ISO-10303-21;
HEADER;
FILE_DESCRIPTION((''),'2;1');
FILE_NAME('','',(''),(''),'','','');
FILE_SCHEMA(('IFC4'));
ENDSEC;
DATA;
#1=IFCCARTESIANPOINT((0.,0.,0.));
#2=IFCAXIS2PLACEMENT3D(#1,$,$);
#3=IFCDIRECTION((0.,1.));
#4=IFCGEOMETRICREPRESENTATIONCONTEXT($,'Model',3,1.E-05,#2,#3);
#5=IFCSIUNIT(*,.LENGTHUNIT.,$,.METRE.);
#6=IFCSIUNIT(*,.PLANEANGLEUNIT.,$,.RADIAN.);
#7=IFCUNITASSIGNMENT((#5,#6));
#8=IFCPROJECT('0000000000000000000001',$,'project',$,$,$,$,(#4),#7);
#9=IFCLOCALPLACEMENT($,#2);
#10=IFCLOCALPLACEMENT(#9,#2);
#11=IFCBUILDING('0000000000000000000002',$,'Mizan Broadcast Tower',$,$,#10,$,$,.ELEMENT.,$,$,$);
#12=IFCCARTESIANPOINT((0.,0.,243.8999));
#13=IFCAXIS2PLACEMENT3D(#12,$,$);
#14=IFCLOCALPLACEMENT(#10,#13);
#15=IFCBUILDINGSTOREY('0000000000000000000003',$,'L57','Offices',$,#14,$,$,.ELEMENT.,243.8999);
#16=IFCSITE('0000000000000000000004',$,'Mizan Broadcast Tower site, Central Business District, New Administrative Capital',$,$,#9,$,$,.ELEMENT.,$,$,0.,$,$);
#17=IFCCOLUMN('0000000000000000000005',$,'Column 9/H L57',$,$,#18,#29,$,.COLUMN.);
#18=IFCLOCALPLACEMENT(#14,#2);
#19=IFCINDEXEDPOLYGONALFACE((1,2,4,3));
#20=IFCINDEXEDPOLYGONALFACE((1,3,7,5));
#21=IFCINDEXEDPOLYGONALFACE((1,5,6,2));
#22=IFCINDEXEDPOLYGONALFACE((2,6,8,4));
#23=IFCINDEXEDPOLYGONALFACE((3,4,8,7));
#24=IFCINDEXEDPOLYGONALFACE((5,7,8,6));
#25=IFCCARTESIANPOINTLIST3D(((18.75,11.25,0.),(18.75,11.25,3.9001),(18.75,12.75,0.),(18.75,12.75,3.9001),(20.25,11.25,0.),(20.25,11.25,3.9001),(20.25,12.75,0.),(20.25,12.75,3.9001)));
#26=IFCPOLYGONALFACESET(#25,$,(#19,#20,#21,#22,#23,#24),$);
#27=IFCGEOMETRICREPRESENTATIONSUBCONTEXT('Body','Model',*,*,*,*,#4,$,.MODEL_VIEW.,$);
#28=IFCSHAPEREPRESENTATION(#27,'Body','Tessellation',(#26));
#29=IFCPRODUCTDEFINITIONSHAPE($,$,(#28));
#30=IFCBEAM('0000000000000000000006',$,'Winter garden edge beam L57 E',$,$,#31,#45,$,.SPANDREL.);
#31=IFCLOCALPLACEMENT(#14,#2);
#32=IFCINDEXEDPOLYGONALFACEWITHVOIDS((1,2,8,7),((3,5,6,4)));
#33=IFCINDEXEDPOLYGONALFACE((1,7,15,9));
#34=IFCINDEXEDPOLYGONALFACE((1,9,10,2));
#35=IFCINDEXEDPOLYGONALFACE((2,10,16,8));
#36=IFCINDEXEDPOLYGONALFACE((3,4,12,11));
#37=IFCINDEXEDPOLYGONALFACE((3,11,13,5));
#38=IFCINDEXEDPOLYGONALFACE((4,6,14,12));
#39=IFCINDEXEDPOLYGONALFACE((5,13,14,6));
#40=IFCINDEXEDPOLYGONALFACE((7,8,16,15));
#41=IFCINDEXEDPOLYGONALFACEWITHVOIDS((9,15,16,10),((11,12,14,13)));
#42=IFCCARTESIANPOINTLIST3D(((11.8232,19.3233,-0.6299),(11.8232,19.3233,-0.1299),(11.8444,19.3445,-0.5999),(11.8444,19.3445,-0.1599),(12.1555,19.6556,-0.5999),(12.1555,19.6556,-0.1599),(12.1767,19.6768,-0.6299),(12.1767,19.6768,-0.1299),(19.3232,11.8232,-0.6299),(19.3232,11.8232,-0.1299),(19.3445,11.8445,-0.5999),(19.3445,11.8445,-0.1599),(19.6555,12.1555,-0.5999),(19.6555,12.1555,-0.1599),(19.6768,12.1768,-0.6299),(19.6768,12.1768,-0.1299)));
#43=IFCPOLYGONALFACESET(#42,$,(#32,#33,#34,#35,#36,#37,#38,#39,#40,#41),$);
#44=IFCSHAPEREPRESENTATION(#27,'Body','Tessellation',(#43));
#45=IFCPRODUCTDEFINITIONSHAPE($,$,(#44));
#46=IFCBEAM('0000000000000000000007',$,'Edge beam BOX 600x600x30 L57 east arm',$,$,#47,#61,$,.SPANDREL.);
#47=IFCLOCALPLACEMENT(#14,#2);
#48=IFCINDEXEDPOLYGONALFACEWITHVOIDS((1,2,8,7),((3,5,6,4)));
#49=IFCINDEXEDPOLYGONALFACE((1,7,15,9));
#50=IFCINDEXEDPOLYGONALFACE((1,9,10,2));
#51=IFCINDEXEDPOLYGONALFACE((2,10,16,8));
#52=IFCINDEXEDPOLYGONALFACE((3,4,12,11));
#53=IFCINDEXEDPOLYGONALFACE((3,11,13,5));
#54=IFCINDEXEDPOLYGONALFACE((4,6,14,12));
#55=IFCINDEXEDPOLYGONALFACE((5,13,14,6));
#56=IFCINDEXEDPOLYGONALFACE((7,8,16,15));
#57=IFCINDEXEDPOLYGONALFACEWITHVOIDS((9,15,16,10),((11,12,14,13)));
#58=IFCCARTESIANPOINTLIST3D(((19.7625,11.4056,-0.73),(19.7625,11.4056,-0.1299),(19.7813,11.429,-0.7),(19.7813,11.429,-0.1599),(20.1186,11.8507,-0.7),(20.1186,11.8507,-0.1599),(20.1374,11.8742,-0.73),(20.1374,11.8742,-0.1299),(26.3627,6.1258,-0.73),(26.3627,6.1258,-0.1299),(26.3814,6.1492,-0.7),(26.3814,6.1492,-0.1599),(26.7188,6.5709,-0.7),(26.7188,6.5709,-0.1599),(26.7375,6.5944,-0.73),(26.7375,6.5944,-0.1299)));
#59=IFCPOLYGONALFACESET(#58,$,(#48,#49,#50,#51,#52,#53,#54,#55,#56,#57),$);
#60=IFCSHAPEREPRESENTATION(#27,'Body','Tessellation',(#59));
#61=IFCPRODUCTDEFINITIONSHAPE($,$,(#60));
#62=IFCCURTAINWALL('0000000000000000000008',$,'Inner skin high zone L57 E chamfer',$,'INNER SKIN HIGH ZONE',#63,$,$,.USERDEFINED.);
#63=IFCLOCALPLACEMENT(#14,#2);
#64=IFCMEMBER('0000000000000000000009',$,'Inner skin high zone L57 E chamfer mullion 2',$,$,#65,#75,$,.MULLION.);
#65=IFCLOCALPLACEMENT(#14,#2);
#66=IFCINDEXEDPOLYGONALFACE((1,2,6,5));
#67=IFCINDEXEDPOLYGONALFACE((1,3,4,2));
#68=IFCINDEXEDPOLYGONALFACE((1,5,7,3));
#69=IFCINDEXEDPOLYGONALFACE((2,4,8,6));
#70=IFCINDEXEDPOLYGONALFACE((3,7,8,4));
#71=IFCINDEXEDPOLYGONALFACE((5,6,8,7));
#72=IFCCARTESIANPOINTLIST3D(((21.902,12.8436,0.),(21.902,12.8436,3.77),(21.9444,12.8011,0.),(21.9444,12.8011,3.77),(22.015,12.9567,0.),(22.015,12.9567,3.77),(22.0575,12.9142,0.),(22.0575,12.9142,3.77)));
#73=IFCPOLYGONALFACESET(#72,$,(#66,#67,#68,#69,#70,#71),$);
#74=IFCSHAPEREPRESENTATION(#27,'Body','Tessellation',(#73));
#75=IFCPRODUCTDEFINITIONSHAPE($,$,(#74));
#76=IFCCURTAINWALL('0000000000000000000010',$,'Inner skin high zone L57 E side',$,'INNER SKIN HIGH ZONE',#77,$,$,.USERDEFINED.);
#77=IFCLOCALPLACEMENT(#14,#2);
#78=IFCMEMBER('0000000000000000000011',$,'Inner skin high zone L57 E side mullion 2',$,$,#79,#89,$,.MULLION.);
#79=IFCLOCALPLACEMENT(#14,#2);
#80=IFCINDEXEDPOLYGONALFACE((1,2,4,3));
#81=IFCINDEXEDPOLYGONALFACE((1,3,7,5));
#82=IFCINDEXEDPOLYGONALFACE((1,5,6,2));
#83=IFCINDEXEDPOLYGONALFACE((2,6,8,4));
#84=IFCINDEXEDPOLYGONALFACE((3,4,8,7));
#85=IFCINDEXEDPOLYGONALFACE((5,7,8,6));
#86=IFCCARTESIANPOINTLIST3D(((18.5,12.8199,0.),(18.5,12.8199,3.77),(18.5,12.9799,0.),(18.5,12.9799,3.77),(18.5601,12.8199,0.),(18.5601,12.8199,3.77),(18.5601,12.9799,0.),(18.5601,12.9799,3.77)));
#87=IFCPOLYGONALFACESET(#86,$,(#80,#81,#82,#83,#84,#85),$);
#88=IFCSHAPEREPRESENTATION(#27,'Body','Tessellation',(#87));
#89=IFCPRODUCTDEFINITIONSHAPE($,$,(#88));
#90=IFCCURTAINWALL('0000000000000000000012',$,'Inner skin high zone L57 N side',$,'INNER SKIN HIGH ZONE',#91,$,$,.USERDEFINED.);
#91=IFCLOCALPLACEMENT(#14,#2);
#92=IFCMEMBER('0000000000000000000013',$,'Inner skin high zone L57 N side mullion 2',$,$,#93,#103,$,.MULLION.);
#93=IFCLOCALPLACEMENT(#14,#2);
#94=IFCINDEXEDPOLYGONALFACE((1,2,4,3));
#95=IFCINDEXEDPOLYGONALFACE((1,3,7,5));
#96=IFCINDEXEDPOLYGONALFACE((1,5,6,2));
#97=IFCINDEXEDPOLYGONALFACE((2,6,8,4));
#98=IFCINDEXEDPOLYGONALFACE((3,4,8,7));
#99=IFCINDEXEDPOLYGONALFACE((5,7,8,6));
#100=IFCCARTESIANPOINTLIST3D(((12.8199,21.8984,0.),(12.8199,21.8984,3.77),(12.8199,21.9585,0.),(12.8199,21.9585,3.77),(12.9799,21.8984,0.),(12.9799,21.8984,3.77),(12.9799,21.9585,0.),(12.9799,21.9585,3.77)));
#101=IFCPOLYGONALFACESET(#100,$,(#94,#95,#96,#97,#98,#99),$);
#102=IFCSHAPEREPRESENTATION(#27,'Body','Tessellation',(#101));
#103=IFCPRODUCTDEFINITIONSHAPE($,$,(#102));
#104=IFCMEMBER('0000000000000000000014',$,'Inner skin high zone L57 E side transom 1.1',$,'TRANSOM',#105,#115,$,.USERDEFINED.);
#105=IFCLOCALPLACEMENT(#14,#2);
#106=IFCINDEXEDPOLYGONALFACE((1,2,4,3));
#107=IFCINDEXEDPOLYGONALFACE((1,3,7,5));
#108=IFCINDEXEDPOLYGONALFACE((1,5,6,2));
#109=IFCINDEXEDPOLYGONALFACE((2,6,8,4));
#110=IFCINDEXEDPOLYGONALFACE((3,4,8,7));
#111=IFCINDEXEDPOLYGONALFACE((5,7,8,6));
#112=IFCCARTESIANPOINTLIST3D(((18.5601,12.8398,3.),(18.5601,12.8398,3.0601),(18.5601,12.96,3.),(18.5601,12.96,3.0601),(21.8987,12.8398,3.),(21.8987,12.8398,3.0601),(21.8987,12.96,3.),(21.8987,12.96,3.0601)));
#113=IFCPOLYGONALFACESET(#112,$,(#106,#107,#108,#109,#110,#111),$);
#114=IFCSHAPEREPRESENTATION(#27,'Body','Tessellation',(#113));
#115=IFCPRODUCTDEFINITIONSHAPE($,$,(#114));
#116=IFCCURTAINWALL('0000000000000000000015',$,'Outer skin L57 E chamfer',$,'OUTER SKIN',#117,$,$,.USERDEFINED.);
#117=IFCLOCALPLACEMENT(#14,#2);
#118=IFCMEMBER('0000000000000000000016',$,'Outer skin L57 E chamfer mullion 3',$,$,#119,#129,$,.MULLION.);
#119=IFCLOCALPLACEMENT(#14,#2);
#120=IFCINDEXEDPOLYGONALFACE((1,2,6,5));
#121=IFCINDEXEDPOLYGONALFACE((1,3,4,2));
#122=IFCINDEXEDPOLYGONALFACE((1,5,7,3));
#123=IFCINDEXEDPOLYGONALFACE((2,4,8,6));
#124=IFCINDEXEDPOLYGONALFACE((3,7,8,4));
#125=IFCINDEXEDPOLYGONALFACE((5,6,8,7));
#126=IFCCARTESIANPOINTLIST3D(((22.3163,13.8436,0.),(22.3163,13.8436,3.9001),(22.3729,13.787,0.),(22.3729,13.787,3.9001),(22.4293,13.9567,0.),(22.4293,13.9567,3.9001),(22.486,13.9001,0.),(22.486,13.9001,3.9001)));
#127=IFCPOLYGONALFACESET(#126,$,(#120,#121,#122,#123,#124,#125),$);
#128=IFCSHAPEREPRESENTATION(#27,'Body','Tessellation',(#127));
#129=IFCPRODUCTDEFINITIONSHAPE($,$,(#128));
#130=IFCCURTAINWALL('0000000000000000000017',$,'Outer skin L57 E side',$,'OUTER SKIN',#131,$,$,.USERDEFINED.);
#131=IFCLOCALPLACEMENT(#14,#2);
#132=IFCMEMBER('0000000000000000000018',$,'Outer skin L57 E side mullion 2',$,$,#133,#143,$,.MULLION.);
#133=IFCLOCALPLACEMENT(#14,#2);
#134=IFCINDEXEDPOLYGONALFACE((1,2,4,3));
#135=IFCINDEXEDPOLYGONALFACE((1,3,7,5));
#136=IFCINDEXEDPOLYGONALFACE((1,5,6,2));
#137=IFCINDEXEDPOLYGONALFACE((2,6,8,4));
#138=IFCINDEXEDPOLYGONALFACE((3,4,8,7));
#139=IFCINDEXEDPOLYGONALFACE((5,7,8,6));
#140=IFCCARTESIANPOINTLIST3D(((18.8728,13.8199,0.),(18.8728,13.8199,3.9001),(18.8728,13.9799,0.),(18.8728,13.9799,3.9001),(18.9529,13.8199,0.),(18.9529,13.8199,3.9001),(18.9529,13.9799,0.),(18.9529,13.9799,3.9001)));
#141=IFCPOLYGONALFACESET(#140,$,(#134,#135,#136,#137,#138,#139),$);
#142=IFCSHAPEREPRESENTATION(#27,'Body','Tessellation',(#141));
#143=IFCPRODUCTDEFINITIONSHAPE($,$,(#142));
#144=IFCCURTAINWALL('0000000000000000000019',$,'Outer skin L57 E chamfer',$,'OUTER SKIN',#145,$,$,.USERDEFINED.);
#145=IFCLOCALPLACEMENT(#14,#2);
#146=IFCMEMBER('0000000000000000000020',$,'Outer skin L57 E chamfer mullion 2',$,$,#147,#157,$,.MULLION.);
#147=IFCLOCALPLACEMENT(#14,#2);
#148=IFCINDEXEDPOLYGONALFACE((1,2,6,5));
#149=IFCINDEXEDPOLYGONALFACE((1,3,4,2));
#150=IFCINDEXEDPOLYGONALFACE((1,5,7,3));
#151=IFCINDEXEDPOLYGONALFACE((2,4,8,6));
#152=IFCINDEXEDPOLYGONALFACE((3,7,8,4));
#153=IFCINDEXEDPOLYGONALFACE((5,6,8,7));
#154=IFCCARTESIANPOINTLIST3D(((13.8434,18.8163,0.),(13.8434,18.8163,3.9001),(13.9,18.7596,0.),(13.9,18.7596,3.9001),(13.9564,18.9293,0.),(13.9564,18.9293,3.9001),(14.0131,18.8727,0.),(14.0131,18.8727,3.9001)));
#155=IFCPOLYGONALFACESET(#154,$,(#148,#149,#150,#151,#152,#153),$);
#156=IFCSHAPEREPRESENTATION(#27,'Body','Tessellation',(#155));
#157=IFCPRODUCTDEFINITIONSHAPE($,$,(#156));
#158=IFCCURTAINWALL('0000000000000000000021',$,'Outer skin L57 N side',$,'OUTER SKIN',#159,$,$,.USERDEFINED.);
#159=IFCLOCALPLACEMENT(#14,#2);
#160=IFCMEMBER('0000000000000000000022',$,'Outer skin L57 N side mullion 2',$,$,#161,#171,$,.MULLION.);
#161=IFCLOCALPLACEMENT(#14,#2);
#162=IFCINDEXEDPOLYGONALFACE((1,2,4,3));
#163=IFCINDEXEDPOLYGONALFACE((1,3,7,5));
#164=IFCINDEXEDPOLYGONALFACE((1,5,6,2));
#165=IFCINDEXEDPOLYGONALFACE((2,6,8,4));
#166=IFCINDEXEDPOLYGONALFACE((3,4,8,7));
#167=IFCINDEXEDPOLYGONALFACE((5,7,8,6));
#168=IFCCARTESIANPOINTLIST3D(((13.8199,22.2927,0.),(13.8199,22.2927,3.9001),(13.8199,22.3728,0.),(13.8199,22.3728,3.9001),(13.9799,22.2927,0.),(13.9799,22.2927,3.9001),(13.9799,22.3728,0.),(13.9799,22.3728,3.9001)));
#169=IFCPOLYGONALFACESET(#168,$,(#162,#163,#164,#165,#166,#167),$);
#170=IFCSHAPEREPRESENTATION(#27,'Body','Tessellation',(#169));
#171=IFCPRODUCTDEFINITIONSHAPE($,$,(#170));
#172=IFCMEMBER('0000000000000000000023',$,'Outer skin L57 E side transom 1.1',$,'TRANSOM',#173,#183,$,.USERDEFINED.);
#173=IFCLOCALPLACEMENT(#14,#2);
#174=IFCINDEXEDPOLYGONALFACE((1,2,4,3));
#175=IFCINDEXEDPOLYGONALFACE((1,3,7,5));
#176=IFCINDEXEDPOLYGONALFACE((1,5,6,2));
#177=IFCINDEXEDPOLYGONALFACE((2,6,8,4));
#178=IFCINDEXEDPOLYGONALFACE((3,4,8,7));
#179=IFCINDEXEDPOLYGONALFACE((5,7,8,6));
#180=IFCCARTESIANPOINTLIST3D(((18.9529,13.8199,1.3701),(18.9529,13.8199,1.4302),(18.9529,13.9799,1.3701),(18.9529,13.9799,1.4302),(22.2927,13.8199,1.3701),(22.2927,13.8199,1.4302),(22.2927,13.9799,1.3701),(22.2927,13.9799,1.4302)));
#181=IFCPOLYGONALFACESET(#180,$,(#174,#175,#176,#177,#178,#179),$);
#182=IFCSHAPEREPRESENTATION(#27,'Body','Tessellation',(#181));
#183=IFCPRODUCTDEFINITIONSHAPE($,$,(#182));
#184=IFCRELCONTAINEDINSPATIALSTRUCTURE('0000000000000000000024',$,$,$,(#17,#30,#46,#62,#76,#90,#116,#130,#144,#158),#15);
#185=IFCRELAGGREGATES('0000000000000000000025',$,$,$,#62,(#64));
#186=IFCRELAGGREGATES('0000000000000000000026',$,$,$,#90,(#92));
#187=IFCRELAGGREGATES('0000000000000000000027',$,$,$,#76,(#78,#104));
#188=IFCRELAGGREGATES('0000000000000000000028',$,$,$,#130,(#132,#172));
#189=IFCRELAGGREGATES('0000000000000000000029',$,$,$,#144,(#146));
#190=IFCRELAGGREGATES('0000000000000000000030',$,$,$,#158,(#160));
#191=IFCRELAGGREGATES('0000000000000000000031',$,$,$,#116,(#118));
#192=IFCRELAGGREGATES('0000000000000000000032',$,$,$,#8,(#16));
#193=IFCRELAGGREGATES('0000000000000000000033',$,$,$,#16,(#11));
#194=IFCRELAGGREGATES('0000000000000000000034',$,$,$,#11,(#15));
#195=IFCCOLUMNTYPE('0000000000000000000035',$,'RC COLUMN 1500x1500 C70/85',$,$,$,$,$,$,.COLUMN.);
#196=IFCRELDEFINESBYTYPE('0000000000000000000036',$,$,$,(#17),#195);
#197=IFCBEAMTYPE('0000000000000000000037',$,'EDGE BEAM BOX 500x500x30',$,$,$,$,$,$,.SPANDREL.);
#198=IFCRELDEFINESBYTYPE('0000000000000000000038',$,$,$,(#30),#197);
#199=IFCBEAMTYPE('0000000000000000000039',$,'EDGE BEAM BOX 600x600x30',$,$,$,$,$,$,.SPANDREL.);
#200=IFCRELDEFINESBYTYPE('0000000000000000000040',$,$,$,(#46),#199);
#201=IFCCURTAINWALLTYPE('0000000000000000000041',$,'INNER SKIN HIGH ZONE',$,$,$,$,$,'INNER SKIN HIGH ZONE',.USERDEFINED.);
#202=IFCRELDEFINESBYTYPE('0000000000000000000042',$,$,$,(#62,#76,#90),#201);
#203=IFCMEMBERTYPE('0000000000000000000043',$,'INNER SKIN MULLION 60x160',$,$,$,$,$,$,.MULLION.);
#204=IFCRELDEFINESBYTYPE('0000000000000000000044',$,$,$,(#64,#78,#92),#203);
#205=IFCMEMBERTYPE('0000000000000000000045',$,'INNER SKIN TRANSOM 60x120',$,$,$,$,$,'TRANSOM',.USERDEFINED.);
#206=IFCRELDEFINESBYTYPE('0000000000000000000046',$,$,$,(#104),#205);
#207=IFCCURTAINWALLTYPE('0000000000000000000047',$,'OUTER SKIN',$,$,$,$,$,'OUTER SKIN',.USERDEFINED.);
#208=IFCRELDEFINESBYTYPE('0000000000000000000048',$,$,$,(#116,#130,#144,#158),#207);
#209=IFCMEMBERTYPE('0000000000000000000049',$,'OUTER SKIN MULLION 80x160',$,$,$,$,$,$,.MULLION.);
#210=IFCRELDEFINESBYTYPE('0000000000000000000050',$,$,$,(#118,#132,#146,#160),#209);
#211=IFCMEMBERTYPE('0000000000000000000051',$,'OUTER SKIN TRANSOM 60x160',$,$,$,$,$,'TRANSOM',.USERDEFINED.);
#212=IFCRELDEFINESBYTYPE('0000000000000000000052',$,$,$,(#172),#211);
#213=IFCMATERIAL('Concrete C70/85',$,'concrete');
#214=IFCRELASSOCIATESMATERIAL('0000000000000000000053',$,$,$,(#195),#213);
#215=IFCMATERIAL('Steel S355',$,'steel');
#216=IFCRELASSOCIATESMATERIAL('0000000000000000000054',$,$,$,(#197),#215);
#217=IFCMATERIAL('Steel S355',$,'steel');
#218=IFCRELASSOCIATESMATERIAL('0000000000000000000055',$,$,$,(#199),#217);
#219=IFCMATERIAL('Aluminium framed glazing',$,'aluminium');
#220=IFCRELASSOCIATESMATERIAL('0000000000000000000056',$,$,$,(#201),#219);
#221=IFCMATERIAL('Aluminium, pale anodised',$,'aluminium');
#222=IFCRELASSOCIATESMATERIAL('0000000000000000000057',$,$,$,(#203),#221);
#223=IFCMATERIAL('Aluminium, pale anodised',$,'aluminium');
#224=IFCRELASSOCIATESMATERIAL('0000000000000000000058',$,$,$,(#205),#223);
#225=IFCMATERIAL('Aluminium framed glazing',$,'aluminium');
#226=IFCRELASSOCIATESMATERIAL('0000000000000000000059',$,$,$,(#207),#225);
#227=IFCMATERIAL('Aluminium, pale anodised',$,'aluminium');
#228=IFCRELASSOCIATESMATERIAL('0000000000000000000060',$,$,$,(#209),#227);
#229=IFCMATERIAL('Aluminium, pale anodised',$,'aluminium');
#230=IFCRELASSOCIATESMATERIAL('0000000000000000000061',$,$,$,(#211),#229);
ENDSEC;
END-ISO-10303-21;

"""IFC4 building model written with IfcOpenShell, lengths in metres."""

from ifc_helpers import new_model, si_unit, direction, frame, origin, origin_2d, place, context, subcontext, project, spatial, rectangle, hollow_rectangle, extrude, material, material_profile, profile_set, type_object, element, aggregate, save


model = new_model("IFC4")

# Units and contexts
model_context = context("Model", 3, precision=1e-05, world=origin(), true_north=direction((0.0, 1.0)))
body_context = subcontext(model_context, "Body", "Model", "MODEL_VIEW")
ifc_project = project(units=[si_unit("LENGTHUNIT", "METRE"), si_unit("PLANEANGLEUNIT", "RADIAN")], contexts=[model_context])

# Site, building, storey
site_placement = place(None, origin())
site = spatial("IfcSite", under=ifc_project, at=site_placement, Name="Mizan Broadcast Tower site, Central Business District, New Administrative Capital", CompositionType="ELEMENT", RefElevation=0.0)
building_placement = place(site_placement, origin())
building = spatial("IfcBuilding", under=site, at=building_placement, Name="Mizan Broadcast Tower", CompositionType="ELEMENT")
storey_placement = place(building_placement, frame((0.0, 0.0, 243.8999)))
storey = spatial("IfcBuildingStorey", under=building, at=storey_placement, Name="L57", Description="Offices", CompositionType="ELEMENT", Elevation=243.8999)

# Column
ifc_material_1 = material(Name="Concrete C70/85", Category="concrete")
ifc_material_profile_1 = material_profile(ifc_material_1, rectangle(XDim=1.5, YDim=1.5, at=origin_2d()), Name="RC 1500x1500")
ifc_profile_set_1 = profile_set([ifc_material_profile_1], Name="Concrete C70/85")
column_type = type_object("IfcColumnType", Name="RC COLUMN 1500x1500 C70/85", PredefinedType="COLUMN", material=ifc_profile_set_1)
column_placement = place(storey_placement, frame((19.5, 12.0, 0.0), z_axis=(0.0, 0.0, 1.0), x_axis=(1.0, 0.0, 0.0)))
element("IfcColumn", 1, at=column_placement, inside=storey, type_object=column_type, Name="Column 9/H L57", PredefinedType="COLUMN", context=body_context, shape_type="SweptSolid", body=[
    extrude(rectangle(XDim=1.5, YDim=1.5, at=origin_2d()), origin(), (0.0, 0.0, 1.0), 3.9001),
])

# Beams
ifc_material_2 = material(Name="Steel S355", Category="steel")
ifc_material_profile_2 = material_profile(ifc_material_2, hollow_rectangle(XDim=0.5, YDim=0.5, WallThickness=0.03, at=origin_2d()), Name="BOX 500x500x30")
ifc_profile_set_2 = profile_set([ifc_material_profile_2], Name="Steel S355")
beam_type_1 = type_object("IfcBeamType", Name="EDGE BEAM BOX 500x500x30", PredefinedType="SPANDREL", material=ifc_profile_set_2)
beam_1_placement = place(storey_placement, frame((19.5, 12.0, -0.3799), z_axis=(-0.707107, 0.707107, 0.0), x_axis=(-0.707107, -0.707107, 0.0)))
element("IfcBeam", 2, at=beam_1_placement, inside=storey, type_object=beam_type_1, Name="Winter garden edge beam L57 E", PredefinedType="SPANDREL", context=body_context, shape_type="SweptSolid", body=[
    extrude(hollow_rectangle(XDim=0.5, YDim=0.5, WallThickness=0.03, at=origin_2d()), origin(), (0.0, 0.0, 1.0), 10.6067),
])
ifc_material_3 = material(Name="Steel S355", Category="steel")
ifc_material_profile_3 = material_profile(ifc_material_3, hollow_rectangle(XDim=0.6001, YDim=0.6001, WallThickness=0.03, at=origin_2d()), Name="BOX 600x600x30")
ifc_profile_set_3 = profile_set([ifc_material_profile_3], Name="Steel S355")
beam_type_2 = type_object("IfcBeamType", Name="EDGE BEAM BOX 600x600x30", PredefinedType="SPANDREL", material=ifc_profile_set_3)
beam_2_placement = place(storey_placement, frame((19.95, 11.6399, -0.4299), z_axis=(0.780886, -0.624674, 0.0), x_axis=(0.624674, 0.780886, 0.0)))
element("IfcBeam", 3, at=beam_2_placement, inside=storey, type_object=beam_type_2, Name="Edge beam BOX 600x600x30 L57 east arm", PredefinedType="SPANDREL", context=body_context, shape_type="SweptSolid", body=[
    extrude(hollow_rectangle(XDim=0.6001, YDim=0.6001, WallThickness=0.03, at=origin_2d()), origin(), (0.0, 0.0, 1.0), 8.4521),
])

# Curtain walls, members
ifc_material_4 = material(Name="Aluminium framed glazing", Category="aluminium")
curtain_wall_type_1 = type_object("IfcCurtainWallType", Name="INNER SKIN HIGH ZONE", ElementType="INNER SKIN HIGH ZONE", PredefinedType="USERDEFINED", material=ifc_material_4)
curtain_wall_1_placement = place(storey_placement, origin())
curtain_wall_1 = element("IfcCurtainWall", 4, at=curtain_wall_1_placement, inside=storey, type_object=curtain_wall_type_1, Name="Inner skin high zone L57 E chamfer", ObjectType="INNER SKIN HIGH ZONE", PredefinedType="USERDEFINED")
ifc_material_5 = material(Name="Aluminium, pale anodised", Category="aluminium")
ifc_material_profile_4 = material_profile(ifc_material_5, rectangle(XDim=0.1599, YDim=0.0601, at=origin_2d()), Name="MULLION 160x60")
ifc_profile_set_4 = profile_set([ifc_material_profile_4], Name="Aluminium, pale anodised")
member_type_1 = type_object("IfcMemberType", Name="INNER SKIN MULLION 60x160", PredefinedType="MULLION", material=ifc_profile_set_4)
member_1_placement = place(storey_placement, frame((21.9797, 12.8789, 0.0), z_axis=(0.0, 0.0, 1.0), x_axis=(-0.707107, -0.707107, 0.0)))
member_1 = element("IfcMember", 5, at=member_1_placement, type_object=member_type_1, Name="Inner skin high zone L57 E chamfer mullion 2", PredefinedType="MULLION", context=body_context, shape_type="SweptSolid", body=[
    extrude(rectangle(XDim=0.1599, YDim=0.0601, at=origin_2d()), origin(), (0.0, 0.0, 1.0), 3.77),
])
aggregate(curtain_wall_1, [member_1])
curtain_wall_2_placement = place(storey_placement, origin())
curtain_wall_2 = element("IfcCurtainWall", 6, at=curtain_wall_2_placement, inside=storey, type_object=curtain_wall_type_1, Name="Inner skin high zone L57 E side", ObjectType="INNER SKIN HIGH ZONE", PredefinedType="USERDEFINED")
member_2_placement = place(storey_placement, frame((18.53, 12.8999, 0.0), z_axis=(0.0, 0.0, 1.0), x_axis=(0.0, -1.0, 0.0)))
member_2 = element("IfcMember", 7, at=member_2_placement, type_object=member_type_1, Name="Inner skin high zone L57 E side mullion 2", PredefinedType="MULLION", context=body_context, shape_type="SweptSolid", body=[
    extrude(rectangle(XDim=0.1599, YDim=0.0601, at=origin_2d()), origin(), (0.0, 0.0, 1.0), 3.77),
])
curtain_wall_3_placement = place(storey_placement, origin())
curtain_wall_3 = element("IfcCurtainWall", 8, at=curtain_wall_3_placement, inside=storey, type_object=curtain_wall_type_1, Name="Inner skin high zone L57 N side", ObjectType="INNER SKIN HIGH ZONE", PredefinedType="USERDEFINED")
member_3_placement = place(storey_placement, frame((12.8999, 21.9285, 0.0), z_axis=(0.0, 0.0, 1.0), x_axis=(-1.0, 0.0, 0.0)))
member_3 = element("IfcMember", 9, at=member_3_placement, type_object=member_type_1, Name="Inner skin high zone L57 N side mullion 2", PredefinedType="MULLION", context=body_context, shape_type="SweptSolid", body=[
    extrude(rectangle(XDim=0.1599, YDim=0.0601, at=origin_2d()), origin(), (0.0, 0.0, 1.0), 3.77),
])
aggregate(curtain_wall_3, [member_3])

# Member
ifc_material_6 = material(Name="Aluminium, pale anodised", Category="aluminium")
ifc_material_profile_5 = material_profile(ifc_material_6, rectangle(XDim=0.1201, YDim=0.0601, at=origin_2d()), Name="TRANSOM 120x60")
ifc_profile_set_5 = profile_set([ifc_material_profile_5], Name="Aluminium, pale anodised")
member_type_2 = type_object("IfcMemberType", Name="INNER SKIN TRANSOM 60x120", ElementType="TRANSOM", PredefinedType="USERDEFINED", material=ifc_profile_set_5)
member_4_placement = place(storey_placement, frame((21.8987, 12.8999, 3.03), z_axis=(-1.0, 0.0, 0.0), x_axis=(0.0, -1.0, 0.0)))
member_4 = element("IfcMember", 10, at=member_4_placement, type_object=member_type_2, Name="Inner skin high zone L57 E side transom 1.1", ObjectType="TRANSOM", PredefinedType="USERDEFINED", context=body_context, shape_type="SweptSolid", body=[
    extrude(rectangle(XDim=0.1201, YDim=0.0601, at=origin_2d()), origin(), (0.0, 0.0, 1.0), 3.3386),
])

# Curtain walls, members
ifc_material_7 = material(Name="Aluminium framed glazing", Category="aluminium")
curtain_wall_type_2 = type_object("IfcCurtainWallType", Name="OUTER SKIN", ElementType="OUTER SKIN", PredefinedType="USERDEFINED", material=ifc_material_7)
curtain_wall_4_placement = place(storey_placement, origin())
curtain_wall_4 = element("IfcCurtainWall", 11, at=curtain_wall_4_placement, inside=storey, type_object=curtain_wall_type_2, Name="Outer skin L57 E chamfer", ObjectType="OUTER SKIN", PredefinedType="USERDEFINED")
ifc_material_8 = material(Name="Aluminium, pale anodised", Category="aluminium")
ifc_material_profile_6 = material_profile(ifc_material_8, rectangle(XDim=0.1599, YDim=0.0801, at=origin_2d()), Name="MULLION 160x80")
ifc_profile_set_6 = profile_set([ifc_material_profile_6], Name="Aluminium, pale anodised")
member_type_3 = type_object("IfcMemberType", Name="OUTER SKIN MULLION 80x160", PredefinedType="MULLION", material=ifc_profile_set_6)
member_5_placement = place(storey_placement, frame((22.4011, 13.8718, 0.0), z_axis=(0.0, 0.0, 1.0), x_axis=(-0.707107, -0.707107, 0.0)))
member_5 = element("IfcMember", 12, at=member_5_placement, type_object=member_type_3, Name="Outer skin L57 E chamfer mullion 3", PredefinedType="MULLION", context=body_context, shape_type="SweptSolid", body=[
    extrude(rectangle(XDim=0.1599, YDim=0.0801, at=origin_2d()), origin(), (0.0, 0.0, 1.0), 3.9001),
])
curtain_wall_5_placement = place(storey_placement, origin())
curtain_wall_5 = element("IfcCurtainWall", 13, at=curtain_wall_5_placement, inside=storey, type_object=curtain_wall_type_2, Name="Outer skin L57 E side", ObjectType="OUTER SKIN", PredefinedType="USERDEFINED")
member_6_placement = place(storey_placement, frame((18.9128, 13.8999, 0.0), z_axis=(0.0, 0.0, 1.0), x_axis=(0.0, -1.0, 0.0)))
member_6 = element("IfcMember", 14, at=member_6_placement, type_object=member_type_3, Name="Outer skin L57 E side mullion 2", PredefinedType="MULLION", context=body_context, shape_type="SweptSolid", body=[
    extrude(rectangle(XDim=0.1599, YDim=0.0801, at=origin_2d()), origin(), (0.0, 0.0, 1.0), 3.9001),
])
curtain_wall_6_placement = place(storey_placement, origin())
curtain_wall_6 = element("IfcCurtainWall", 15, at=curtain_wall_6_placement, inside=storey, type_object=curtain_wall_type_2, Name="Outer skin L57 E chamfer", ObjectType="OUTER SKIN", PredefinedType="USERDEFINED")
member_7_placement = place(storey_placement, frame((13.9282, 18.8445, 0.0), z_axis=(0.0, 0.0, 1.0), x_axis=(-0.707107, -0.707107, 0.0)))
member_7 = element("IfcMember", 16, at=member_7_placement, type_object=member_type_3, Name="Outer skin L57 E chamfer mullion 2", PredefinedType="MULLION", context=body_context, shape_type="SweptSolid", body=[
    extrude(rectangle(XDim=0.1599, YDim=0.0801, at=origin_2d()), origin(), (0.0, 0.0, 1.0), 3.9001),
])
curtain_wall_7_placement = place(storey_placement, origin())
curtain_wall_7 = element("IfcCurtainWall", 17, at=curtain_wall_7_placement, inside=storey, type_object=curtain_wall_type_2, Name="Outer skin L57 N side", ObjectType="OUTER SKIN", PredefinedType="USERDEFINED")
member_8_placement = place(storey_placement, frame((13.8999, 22.3328, 0.0), z_axis=(0.0, 0.0, 1.0), x_axis=(-1.0, 0.0, 0.0)))
member_8 = element("IfcMember", 18, at=member_8_placement, type_object=member_type_3, Name="Outer skin L57 N side mullion 2", PredefinedType="MULLION", context=body_context, shape_type="SweptSolid", body=[
    extrude(rectangle(XDim=0.1599, YDim=0.0801, at=origin_2d()), origin(), (0.0, 0.0, 1.0), 3.9001),
])

# Member
ifc_material_9 = material(Name="Aluminium, pale anodised", Category="aluminium")
ifc_material_profile_7 = material_profile(ifc_material_9, rectangle(XDim=0.1599, YDim=0.0601, at=origin_2d()), Name="TRANSOM 160x60")
ifc_profile_set_7 = profile_set([ifc_material_profile_7], Name="Aluminium, pale anodised")
member_type_4 = type_object("IfcMemberType", Name="OUTER SKIN TRANSOM 60x160", ElementType="TRANSOM", PredefinedType="USERDEFINED", material=ifc_profile_set_7)
member_9_placement = place(storey_placement, frame((22.2927, 13.8999, 1.4001), z_axis=(-1.0, 0.0, 0.0), x_axis=(0.0, -1.0, 0.0)))
member_9 = element("IfcMember", 19, at=member_9_placement, type_object=member_type_4, Name="Outer skin L57 E side transom 1.1", ObjectType="TRANSOM", PredefinedType="USERDEFINED", context=body_context, shape_type="SweptSolid", body=[
    extrude(rectangle(XDim=0.1599, YDim=0.0601, at=origin_2d()), origin(), (0.0, 0.0, 1.0), 3.3398),
])

aggregate(curtain_wall_2, [member_2, member_4])
aggregate(curtain_wall_5, [member_6, member_9])
aggregate(curtain_wall_6, [member_7])
aggregate(curtain_wall_7, [member_8])
aggregate(curtain_wall_4, [member_5])

save(model, "model.ifc")
